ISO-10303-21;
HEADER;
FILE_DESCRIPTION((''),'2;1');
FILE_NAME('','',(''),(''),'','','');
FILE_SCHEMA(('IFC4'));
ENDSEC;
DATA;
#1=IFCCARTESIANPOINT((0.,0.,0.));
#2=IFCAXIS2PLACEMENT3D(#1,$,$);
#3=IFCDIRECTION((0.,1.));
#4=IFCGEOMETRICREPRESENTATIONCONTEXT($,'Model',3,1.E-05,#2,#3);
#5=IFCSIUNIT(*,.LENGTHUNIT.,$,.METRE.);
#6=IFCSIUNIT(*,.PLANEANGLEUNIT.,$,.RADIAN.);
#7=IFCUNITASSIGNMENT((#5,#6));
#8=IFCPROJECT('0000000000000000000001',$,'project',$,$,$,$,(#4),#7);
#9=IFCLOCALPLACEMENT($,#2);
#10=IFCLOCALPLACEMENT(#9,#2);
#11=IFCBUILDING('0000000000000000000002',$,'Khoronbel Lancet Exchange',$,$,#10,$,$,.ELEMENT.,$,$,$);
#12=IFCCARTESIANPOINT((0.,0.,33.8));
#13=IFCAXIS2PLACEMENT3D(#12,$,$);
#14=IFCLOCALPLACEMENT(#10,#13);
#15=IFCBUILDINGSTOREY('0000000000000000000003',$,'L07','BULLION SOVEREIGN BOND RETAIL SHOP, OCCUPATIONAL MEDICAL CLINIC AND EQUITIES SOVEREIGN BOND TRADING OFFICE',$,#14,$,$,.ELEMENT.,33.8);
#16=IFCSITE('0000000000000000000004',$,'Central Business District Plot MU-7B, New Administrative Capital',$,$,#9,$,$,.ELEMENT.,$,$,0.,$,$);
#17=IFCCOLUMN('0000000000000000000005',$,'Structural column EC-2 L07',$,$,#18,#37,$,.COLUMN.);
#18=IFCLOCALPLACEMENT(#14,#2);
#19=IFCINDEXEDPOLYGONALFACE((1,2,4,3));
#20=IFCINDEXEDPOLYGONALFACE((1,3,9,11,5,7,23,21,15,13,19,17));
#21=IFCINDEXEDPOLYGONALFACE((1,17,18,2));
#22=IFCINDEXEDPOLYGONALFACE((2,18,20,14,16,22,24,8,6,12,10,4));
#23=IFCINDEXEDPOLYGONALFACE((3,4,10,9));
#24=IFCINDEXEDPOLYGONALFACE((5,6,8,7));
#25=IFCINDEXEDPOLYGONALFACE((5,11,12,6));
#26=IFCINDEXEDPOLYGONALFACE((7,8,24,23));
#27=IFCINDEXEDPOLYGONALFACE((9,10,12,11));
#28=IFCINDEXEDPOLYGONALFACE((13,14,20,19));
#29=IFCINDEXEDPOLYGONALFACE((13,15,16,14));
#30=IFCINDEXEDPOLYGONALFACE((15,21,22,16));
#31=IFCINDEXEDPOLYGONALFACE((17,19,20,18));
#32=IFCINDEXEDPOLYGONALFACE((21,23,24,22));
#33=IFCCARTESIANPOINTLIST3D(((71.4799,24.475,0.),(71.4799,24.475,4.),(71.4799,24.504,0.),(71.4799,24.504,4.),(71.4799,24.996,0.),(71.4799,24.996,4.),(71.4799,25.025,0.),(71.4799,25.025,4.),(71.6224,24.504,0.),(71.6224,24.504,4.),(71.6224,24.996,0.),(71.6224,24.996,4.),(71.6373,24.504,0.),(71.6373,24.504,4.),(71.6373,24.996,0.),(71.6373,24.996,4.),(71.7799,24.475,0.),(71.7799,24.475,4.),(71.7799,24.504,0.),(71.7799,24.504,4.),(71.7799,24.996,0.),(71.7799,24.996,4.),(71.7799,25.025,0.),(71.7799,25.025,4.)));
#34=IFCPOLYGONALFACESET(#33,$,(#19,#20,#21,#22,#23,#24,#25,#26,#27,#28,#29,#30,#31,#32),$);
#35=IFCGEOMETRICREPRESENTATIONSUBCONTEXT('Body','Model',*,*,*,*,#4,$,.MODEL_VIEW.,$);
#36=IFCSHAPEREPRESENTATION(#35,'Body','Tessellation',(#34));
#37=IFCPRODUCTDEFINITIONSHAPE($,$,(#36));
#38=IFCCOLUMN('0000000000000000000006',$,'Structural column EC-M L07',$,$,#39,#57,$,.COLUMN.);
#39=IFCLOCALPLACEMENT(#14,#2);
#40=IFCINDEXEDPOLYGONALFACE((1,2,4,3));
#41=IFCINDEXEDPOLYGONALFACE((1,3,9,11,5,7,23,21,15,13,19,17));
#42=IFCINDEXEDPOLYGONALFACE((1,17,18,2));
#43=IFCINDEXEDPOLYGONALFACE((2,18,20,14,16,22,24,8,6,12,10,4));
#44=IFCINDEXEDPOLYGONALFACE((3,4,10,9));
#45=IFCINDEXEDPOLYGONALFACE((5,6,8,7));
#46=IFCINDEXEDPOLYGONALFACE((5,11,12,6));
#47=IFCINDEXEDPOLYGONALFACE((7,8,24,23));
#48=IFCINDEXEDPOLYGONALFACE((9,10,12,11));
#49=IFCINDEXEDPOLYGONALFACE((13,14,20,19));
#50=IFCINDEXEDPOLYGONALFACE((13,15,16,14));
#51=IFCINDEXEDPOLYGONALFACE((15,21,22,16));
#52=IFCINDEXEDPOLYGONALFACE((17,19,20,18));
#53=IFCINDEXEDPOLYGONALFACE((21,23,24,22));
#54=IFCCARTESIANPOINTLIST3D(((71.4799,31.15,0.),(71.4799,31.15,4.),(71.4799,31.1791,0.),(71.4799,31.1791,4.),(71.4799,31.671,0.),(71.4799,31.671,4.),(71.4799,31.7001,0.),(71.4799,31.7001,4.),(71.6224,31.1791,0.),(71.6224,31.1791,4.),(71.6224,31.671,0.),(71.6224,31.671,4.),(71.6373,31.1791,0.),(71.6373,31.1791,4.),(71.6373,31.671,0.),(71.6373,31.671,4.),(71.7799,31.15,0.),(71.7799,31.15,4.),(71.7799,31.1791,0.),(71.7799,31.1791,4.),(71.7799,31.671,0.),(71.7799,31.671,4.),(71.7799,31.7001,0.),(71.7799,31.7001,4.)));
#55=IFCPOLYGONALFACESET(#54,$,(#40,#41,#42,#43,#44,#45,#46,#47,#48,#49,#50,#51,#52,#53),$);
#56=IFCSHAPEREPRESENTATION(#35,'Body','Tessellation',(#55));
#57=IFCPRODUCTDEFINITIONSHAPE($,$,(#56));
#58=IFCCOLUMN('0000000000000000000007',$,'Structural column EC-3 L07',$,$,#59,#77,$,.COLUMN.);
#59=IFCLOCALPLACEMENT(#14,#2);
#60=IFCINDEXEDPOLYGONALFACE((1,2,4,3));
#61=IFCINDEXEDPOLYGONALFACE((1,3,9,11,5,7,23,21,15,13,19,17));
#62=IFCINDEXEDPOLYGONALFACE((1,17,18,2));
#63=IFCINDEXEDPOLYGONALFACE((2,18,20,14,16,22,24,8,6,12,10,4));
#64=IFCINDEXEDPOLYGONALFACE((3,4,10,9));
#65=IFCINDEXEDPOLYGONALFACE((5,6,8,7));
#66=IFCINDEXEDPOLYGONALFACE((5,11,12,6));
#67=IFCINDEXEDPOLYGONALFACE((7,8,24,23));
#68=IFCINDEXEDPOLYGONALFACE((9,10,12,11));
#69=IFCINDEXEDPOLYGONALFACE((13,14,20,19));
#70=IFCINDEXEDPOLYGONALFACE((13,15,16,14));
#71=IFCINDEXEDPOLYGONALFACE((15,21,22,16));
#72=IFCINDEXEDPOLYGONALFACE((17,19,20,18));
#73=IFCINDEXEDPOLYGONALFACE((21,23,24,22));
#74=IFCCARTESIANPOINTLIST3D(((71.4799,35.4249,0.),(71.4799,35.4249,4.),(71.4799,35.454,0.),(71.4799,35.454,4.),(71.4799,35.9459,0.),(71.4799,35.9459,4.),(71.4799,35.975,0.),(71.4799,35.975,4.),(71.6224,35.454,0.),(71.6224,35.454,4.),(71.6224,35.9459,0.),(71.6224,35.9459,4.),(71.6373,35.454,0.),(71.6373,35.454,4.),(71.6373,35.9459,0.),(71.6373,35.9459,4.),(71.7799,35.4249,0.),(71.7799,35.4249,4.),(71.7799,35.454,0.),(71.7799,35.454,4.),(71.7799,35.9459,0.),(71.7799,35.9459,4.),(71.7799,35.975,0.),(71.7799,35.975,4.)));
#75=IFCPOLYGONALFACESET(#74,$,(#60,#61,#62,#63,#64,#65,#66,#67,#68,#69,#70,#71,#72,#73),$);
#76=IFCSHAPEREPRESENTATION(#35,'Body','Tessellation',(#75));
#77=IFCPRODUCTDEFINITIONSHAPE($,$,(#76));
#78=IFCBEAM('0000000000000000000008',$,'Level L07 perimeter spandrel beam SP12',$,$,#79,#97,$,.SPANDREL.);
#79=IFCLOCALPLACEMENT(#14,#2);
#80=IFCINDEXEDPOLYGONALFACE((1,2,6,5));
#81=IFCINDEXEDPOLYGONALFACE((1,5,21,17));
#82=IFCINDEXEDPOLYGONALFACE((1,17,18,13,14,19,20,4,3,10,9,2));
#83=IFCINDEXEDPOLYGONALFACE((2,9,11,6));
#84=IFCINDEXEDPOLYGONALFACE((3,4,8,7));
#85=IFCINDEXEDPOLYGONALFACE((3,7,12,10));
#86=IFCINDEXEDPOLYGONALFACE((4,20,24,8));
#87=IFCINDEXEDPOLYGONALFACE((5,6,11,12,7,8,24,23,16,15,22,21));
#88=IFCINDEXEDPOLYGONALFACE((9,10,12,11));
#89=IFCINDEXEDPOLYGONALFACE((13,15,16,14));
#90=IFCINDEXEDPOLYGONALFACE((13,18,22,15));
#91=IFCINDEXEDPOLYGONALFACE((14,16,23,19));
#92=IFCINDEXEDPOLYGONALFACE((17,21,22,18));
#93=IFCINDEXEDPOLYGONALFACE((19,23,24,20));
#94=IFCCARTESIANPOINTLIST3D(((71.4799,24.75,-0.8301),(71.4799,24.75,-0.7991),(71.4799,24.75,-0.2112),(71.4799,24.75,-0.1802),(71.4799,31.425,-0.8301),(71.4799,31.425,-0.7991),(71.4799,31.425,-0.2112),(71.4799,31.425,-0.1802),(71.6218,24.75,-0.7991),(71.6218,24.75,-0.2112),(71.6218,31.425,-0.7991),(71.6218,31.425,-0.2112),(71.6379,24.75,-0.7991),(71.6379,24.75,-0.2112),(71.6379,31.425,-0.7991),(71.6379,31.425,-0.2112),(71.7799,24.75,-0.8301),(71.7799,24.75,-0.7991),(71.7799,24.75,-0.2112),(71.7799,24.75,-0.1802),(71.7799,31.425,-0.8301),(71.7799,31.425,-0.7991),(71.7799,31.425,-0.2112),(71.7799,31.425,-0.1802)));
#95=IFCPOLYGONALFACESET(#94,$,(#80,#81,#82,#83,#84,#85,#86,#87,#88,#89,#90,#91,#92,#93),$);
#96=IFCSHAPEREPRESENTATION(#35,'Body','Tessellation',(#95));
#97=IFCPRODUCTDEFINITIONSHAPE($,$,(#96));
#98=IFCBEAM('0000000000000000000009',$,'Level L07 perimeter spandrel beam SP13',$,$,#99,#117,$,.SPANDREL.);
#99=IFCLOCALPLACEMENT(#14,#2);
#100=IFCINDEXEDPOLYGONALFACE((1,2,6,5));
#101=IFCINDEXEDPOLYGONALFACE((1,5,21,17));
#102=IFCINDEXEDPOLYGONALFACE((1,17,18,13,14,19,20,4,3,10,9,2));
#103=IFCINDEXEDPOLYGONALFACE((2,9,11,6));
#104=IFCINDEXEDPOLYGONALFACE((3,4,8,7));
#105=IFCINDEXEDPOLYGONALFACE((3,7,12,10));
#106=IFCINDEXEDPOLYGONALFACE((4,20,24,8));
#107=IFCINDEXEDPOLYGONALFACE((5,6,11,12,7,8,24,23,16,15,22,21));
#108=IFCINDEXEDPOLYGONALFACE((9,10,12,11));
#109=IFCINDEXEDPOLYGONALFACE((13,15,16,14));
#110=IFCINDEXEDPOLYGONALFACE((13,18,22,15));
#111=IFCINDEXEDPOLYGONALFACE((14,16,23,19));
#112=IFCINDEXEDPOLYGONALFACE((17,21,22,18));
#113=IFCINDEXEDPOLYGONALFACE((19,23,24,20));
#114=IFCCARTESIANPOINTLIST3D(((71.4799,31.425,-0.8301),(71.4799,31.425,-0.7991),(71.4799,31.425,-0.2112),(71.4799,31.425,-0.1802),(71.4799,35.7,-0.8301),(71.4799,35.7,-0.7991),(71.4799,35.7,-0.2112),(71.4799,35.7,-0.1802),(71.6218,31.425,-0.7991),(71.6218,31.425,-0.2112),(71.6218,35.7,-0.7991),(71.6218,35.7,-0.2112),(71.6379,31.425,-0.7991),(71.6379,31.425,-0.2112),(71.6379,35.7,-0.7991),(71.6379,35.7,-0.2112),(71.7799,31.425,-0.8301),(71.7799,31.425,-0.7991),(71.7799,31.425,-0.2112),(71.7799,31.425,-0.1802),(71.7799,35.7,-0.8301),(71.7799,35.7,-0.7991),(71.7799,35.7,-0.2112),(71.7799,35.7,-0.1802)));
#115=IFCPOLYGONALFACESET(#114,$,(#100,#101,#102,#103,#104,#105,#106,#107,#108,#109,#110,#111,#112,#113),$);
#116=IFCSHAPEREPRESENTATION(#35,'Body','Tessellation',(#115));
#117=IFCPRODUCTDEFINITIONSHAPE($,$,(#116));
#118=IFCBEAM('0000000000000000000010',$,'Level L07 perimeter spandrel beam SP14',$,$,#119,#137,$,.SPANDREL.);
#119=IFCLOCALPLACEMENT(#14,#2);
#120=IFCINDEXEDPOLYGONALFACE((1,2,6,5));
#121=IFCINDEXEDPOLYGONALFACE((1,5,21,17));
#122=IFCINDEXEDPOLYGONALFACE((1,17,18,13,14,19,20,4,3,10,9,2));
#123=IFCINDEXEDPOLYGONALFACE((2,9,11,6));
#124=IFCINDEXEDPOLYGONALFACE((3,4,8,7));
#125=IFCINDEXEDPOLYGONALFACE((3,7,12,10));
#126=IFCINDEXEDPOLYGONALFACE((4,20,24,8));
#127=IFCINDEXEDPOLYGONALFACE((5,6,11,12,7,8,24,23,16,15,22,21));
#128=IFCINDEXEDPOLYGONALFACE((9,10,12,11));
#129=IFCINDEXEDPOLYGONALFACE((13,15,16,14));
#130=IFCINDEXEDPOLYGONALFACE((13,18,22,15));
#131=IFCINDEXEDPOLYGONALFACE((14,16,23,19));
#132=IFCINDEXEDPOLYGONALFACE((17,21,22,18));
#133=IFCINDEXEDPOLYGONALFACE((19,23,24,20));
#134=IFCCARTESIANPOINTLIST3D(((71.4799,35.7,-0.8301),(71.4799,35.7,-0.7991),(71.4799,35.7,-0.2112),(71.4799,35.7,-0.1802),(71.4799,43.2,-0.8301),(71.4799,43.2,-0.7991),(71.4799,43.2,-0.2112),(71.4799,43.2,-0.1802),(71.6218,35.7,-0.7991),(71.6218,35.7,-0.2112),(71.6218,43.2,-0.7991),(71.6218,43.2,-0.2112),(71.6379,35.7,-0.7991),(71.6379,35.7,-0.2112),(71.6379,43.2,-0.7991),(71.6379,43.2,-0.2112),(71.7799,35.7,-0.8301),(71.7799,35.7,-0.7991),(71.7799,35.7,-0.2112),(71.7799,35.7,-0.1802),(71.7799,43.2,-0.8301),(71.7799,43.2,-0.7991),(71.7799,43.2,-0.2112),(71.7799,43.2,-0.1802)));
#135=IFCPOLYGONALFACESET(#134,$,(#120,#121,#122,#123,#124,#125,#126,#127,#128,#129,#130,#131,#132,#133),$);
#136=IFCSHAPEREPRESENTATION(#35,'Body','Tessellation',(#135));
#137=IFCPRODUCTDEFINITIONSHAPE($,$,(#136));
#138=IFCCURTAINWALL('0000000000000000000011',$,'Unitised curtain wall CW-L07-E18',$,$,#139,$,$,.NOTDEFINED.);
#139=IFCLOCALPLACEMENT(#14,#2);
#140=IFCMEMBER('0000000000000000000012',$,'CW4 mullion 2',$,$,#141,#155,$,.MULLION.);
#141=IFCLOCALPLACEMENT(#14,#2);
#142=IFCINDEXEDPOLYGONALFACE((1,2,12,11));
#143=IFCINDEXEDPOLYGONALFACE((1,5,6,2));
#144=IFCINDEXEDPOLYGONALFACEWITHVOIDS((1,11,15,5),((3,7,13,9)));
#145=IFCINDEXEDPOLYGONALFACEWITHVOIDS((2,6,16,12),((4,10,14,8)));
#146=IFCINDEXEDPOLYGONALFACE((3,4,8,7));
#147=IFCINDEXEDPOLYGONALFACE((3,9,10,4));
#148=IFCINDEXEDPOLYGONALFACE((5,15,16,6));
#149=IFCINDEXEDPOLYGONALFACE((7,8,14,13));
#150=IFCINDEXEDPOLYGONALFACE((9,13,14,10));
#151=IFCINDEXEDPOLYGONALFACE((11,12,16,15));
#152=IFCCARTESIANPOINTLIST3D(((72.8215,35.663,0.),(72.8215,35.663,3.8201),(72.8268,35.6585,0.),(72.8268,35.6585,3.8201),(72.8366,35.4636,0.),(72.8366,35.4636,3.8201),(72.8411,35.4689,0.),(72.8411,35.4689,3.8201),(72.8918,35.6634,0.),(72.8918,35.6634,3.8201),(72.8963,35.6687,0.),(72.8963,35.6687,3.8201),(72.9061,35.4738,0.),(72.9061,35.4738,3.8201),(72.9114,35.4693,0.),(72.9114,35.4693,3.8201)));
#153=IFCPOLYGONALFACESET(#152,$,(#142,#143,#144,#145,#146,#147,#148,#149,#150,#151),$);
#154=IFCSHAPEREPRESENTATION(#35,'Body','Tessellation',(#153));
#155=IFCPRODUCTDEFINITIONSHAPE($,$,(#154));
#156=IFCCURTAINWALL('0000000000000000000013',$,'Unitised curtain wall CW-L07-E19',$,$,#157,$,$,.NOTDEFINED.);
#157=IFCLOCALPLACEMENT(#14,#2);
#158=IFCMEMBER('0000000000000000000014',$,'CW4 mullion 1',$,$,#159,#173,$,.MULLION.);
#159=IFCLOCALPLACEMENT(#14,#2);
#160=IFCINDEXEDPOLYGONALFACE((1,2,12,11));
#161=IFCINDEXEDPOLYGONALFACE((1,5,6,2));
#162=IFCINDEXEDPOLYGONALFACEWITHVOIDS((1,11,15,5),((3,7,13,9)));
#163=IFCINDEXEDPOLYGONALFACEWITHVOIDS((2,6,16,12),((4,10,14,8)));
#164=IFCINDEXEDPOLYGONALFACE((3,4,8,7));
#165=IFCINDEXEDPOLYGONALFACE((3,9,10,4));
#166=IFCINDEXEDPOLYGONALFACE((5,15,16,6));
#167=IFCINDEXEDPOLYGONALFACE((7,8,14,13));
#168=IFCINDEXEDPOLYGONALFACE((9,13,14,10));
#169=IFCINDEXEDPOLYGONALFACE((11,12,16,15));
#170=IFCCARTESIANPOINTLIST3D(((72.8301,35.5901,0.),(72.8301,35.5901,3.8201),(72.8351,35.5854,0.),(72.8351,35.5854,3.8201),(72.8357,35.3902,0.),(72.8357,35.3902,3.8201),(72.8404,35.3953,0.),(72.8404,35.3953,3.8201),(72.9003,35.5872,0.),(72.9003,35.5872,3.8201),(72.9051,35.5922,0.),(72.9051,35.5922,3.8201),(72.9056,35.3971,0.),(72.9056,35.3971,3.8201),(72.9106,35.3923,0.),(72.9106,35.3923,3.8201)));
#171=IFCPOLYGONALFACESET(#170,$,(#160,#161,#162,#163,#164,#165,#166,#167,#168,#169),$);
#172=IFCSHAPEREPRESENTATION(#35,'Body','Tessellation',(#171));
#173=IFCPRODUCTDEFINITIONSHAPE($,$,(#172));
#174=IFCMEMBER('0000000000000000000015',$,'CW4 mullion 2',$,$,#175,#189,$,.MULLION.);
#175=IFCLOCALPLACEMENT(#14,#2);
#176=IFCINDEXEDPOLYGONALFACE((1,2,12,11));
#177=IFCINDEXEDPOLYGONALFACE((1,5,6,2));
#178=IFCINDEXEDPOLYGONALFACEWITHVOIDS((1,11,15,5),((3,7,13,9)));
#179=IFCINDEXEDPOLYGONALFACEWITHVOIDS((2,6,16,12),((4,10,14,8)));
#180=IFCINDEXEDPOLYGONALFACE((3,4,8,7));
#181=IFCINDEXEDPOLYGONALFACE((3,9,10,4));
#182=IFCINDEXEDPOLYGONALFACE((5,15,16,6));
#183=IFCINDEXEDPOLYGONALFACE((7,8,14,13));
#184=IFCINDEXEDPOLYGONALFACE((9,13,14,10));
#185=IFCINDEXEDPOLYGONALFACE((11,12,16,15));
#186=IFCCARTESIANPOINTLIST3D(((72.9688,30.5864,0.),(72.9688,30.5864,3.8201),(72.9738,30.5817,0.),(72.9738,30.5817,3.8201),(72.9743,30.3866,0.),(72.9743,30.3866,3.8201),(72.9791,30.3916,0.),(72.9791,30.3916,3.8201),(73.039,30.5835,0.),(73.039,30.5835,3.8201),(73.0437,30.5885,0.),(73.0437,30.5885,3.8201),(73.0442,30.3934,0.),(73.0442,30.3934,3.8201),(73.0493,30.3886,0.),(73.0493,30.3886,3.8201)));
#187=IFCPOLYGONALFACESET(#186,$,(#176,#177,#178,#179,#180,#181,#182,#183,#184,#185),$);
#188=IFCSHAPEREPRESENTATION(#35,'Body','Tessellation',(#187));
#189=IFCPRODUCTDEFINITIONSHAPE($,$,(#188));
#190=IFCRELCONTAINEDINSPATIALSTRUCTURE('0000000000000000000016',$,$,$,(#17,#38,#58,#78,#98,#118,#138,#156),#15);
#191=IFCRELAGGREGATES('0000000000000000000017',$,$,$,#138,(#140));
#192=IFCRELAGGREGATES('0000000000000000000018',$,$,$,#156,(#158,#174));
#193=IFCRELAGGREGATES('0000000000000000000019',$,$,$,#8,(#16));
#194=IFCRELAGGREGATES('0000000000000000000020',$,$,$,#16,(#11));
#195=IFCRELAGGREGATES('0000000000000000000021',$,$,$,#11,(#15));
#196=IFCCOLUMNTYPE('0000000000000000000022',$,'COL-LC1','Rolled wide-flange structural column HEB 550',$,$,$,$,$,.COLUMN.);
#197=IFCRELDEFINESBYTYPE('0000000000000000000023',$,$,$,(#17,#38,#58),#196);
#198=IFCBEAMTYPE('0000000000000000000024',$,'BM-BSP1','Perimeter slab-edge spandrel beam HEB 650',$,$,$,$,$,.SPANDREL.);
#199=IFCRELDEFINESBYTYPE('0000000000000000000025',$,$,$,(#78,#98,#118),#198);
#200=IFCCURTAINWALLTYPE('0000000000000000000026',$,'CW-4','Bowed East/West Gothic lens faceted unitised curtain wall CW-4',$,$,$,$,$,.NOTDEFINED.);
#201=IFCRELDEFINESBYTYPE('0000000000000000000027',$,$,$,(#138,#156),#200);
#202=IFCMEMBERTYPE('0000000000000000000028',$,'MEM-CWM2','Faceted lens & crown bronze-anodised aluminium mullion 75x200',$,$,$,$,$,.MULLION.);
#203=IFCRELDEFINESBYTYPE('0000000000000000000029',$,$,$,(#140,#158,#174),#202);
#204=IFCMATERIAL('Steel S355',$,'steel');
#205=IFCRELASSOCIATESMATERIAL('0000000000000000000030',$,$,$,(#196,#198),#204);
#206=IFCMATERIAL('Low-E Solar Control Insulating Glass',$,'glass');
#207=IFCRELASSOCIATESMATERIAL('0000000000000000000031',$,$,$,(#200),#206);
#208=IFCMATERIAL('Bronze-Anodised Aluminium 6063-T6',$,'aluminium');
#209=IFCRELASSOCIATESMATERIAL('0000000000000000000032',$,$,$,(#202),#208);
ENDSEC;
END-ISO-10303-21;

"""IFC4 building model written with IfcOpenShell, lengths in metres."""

from ifc_helpers import new_model, si_unit, direction, frame, origin, origin_2d, place, context, subcontext, project, spatial, hollow_rectangle, i_section, extrude, material, material_profile, profile_set, type_object, element, aggregate, save


model = new_model("IFC4")

# Units and contexts
model_context = context("Model", 3, precision=1e-05, world=origin(), true_north=direction((0.0, 1.0)))
body_context = subcontext(model_context, "Body", "Model", "MODEL_VIEW")
ifc_project = project(units=[si_unit("LENGTHUNIT", "METRE"), si_unit("PLANEANGLEUNIT", "RADIAN")], contexts=[model_context])

# Site, building, storey
site_placement = place(None, origin())
site = spatial("IfcSite", under=ifc_project, at=site_placement, Name="Central Business District Plot MU-7B, New Administrative Capital", CompositionType="ELEMENT", RefElevation=0.0)
building_placement = place(site_placement, origin())
building = spatial("IfcBuilding", under=site, at=building_placement, Name="Khoronbel Lancet Exchange", CompositionType="ELEMENT")
storey_placement = place(building_placement, frame((0.0, 0.0, 33.8)))
storey = spatial("IfcBuildingStorey", under=building, at=storey_placement, Name="L07", Description="BULLION SOVEREIGN BOND RETAIL SHOP, OCCUPATIONAL MEDICAL CLINIC AND EQUITIES SOVEREIGN BOND TRADING OFFICE", CompositionType="ELEMENT", Elevation=33.8)

# Columns
ifc_material_1 = material(Name="Steel S355", Category="steel")
ifc_material_profile_1 = material_profile(ifc_material_1, i_section(OverallWidth=0.3, OverallDepth=0.55, WebThickness=0.0149, FlangeThickness=0.0291, at=origin_2d()), Name="HEB 550")
ifc_profile_set_1 = profile_set([ifc_material_profile_1], Name="Steel S355")
column_type = type_object("IfcColumnType", Name="COL-LC1", Description="Rolled wide-flange structural column HEB 550", PredefinedType="COLUMN", material=ifc_profile_set_1)
for number, where, z_axis, x_axis, name in (
    (1, (71.6299, 24.75, 0.0), (0.0, 0.0, 1.0), (1.0, 0.0, 0.0), "Structural column EC-2 L07"),
    (2, (71.6299, 31.425, 0.0), (0.0, 0.0, 1.0), (1.0, 0.0, 0.0), "Structural column EC-M L07"),
    (3, (71.6299, 35.7, 0.0), (0.0, 0.0, 1.0), (1.0, 0.0, 0.0), "Structural column EC-3 L07"),
):
    element("IfcColumn", number, at=place(storey_placement, frame(where, z_axis=z_axis, x_axis=x_axis)), inside=storey, type_object=column_type, Name=name, PredefinedType="COLUMN", context=body_context, shape_type="SweptSolid", body=[
        extrude(i_section(OverallWidth=0.3, OverallDepth=0.55, WebThickness=0.0149, FlangeThickness=0.0291, at=origin_2d()), origin(), (0.0, 0.0, 1.0), 4.0),
    ])

# Beams
ifc_material_profile_2 = material_profile(ifc_material_1, i_section(OverallWidth=0.3, OverallDepth=0.6499, WebThickness=0.0161, FlangeThickness=0.031, at=origin_2d()), Name="HEB 650")
ifc_profile_set_2 = profile_set([ifc_material_profile_2], Name="Steel S355")
beam_type = type_object("IfcBeamType", Name="BM-BSP1", Description="Perimeter slab-edge spandrel beam HEB 650", PredefinedType="SPANDREL", material=ifc_profile_set_2)
beam_1_placement = place(storey_placement, frame((71.6299, 24.75, -0.5051), z_axis=(0.0, 1.0, 0.0), x_axis=(-1.0, 0.0, 0.0)))
element("IfcBeam", 4, at=beam_1_placement, inside=storey, type_object=beam_type, Name="Level L07 perimeter spandrel beam SP12", PredefinedType="SPANDREL", context=body_context, shape_type="SweptSolid", body=[
    extrude(i_section(OverallWidth=0.3, OverallDepth=0.6499, WebThickness=0.0161, FlangeThickness=0.031, at=origin_2d()), origin(), (0.0, 0.0, 1.0), 6.675),
])
beam_2_placement = place(storey_placement, frame((71.6299, 31.425, -0.5051), z_axis=(0.0, 1.0, 0.0), x_axis=(-1.0, 0.0, 0.0)))
element("IfcBeam", 5, at=beam_2_placement, inside=storey, type_object=beam_type, Name="Level L07 perimeter spandrel beam SP13", PredefinedType="SPANDREL", context=body_context, shape_type="SweptSolid", body=[
    extrude(i_section(OverallWidth=0.3, OverallDepth=0.6499, WebThickness=0.0161, FlangeThickness=0.031, at=origin_2d()), origin(), (0.0, 0.0, 1.0), 4.2749),
])
beam_3_placement = place(storey_placement, frame((71.6299, 35.7, -0.5051), z_axis=(0.0, 1.0, 0.0), x_axis=(-1.0, 0.0, 0.0)))
element("IfcBeam", 6, at=beam_3_placement, inside=storey, type_object=beam_type, Name="Level L07 perimeter spandrel beam SP14", PredefinedType="SPANDREL", context=body_context, shape_type="SweptSolid", body=[
    extrude(i_section(OverallWidth=0.3, OverallDepth=0.6499, WebThickness=0.0161, FlangeThickness=0.031, at=origin_2d()), origin(), (0.0, 0.0, 1.0), 7.5),
])

# Curtain wall, member
ifc_material_2 = material(Name="Low-E Solar Control Insulating Glass", Category="glass")
curtain_wall_type = type_object("IfcCurtainWallType", Name="CW-4", Description="Bowed East/West Gothic lens faceted unitised curtain wall CW-4", PredefinedType="NOTDEFINED", material=ifc_material_2)
curtain_wall_1_placement = place(storey_placement, origin())
curtain_wall_1 = element("IfcCurtainWall", 7, at=curtain_wall_1_placement, inside=storey, type_object=curtain_wall_type, Name="Unitised curtain wall CW-L07-E18", PredefinedType="NOTDEFINED")
ifc_material_3 = material(Name="Bronze-Anodised Aluminium 6063-T6", Category="aluminium")
ifc_material_profile_3 = material_profile(ifc_material_3, hollow_rectangle(XDim=0.075, YDim=0.2, WallThickness=0.0049, at=origin_2d()), Name="ALU MULLION 75x200")
ifc_profile_set_3 = profile_set([ifc_material_profile_3], Name="Bronze-Anodised Aluminium 6063-T6")
member_type_1 = type_object("IfcMemberType", Name="MEM-CWM2", Description="Faceted lens & crown bronze-anodised aluminium mullion 75x200", PredefinedType="MULLION", material=ifc_profile_set_3)
member_1_placement = place(storey_placement, frame((72.8665, 35.5662, 0.0), z_axis=(0.0, 0.0, 1.0), x_axis=(0.997154, 0.075395, 0.0)))
member_1 = element("IfcMember", 8, at=member_1_placement, type_object=member_type_1, Name="CW4 mullion 2", PredefinedType="MULLION", context=body_context, shape_type="SweptSolid", body=[
    extrude(hollow_rectangle(XDim=0.075, YDim=0.2, WallThickness=0.0049, at=origin_2d()), origin(), (0.0, 0.0, 1.0), 3.8201),
])

# Curtain wall, members
curtain_wall_2_placement = place(storey_placement, origin())
curtain_wall_2 = element("IfcCurtainWall", 9, at=curtain_wall_2_placement, inside=storey, type_object=curtain_wall_type, Name="Unitised curtain wall CW-L07-E19", PredefinedType="NOTDEFINED")
member_2_placement = place(storey_placement, frame((72.8704, 35.4912, 0.0), z_axis=(0.0, 0.0, 1.0), x_axis=(0.999617, 0.027674, 0.0)))
member_2 = element("IfcMember", 10, at=member_2_placement, type_object=member_type_1, Name="CW4 mullion 1", PredefinedType="MULLION", context=body_context, shape_type="SweptSolid", body=[
    extrude(hollow_rectangle(XDim=0.075, YDim=0.2, WallThickness=0.0049, at=origin_2d()), origin(), (0.0, 0.0, 1.0), 3.8201),
])
member_3_placement = place(storey_placement, frame((73.009, 30.4875, 0.0), z_axis=(0.0, 0.0, 1.0), x_axis=(0.999617, 0.027674, 0.0)))
member_3 = element("IfcMember", 11, at=member_3_placement, type_object=member_type_1, Name="CW4 mullion 2", PredefinedType="MULLION", context=body_context, shape_type="SweptSolid", body=[
    extrude(hollow_rectangle(XDim=0.075, YDim=0.2, WallThickness=0.0049, at=origin_2d()), origin(), (0.0, 0.0, 1.0), 3.8201),
])

aggregate(curtain_wall_1, [member_1])
aggregate(curtain_wall_2, [member_2, member_3])

save(model, "model.ifc")
